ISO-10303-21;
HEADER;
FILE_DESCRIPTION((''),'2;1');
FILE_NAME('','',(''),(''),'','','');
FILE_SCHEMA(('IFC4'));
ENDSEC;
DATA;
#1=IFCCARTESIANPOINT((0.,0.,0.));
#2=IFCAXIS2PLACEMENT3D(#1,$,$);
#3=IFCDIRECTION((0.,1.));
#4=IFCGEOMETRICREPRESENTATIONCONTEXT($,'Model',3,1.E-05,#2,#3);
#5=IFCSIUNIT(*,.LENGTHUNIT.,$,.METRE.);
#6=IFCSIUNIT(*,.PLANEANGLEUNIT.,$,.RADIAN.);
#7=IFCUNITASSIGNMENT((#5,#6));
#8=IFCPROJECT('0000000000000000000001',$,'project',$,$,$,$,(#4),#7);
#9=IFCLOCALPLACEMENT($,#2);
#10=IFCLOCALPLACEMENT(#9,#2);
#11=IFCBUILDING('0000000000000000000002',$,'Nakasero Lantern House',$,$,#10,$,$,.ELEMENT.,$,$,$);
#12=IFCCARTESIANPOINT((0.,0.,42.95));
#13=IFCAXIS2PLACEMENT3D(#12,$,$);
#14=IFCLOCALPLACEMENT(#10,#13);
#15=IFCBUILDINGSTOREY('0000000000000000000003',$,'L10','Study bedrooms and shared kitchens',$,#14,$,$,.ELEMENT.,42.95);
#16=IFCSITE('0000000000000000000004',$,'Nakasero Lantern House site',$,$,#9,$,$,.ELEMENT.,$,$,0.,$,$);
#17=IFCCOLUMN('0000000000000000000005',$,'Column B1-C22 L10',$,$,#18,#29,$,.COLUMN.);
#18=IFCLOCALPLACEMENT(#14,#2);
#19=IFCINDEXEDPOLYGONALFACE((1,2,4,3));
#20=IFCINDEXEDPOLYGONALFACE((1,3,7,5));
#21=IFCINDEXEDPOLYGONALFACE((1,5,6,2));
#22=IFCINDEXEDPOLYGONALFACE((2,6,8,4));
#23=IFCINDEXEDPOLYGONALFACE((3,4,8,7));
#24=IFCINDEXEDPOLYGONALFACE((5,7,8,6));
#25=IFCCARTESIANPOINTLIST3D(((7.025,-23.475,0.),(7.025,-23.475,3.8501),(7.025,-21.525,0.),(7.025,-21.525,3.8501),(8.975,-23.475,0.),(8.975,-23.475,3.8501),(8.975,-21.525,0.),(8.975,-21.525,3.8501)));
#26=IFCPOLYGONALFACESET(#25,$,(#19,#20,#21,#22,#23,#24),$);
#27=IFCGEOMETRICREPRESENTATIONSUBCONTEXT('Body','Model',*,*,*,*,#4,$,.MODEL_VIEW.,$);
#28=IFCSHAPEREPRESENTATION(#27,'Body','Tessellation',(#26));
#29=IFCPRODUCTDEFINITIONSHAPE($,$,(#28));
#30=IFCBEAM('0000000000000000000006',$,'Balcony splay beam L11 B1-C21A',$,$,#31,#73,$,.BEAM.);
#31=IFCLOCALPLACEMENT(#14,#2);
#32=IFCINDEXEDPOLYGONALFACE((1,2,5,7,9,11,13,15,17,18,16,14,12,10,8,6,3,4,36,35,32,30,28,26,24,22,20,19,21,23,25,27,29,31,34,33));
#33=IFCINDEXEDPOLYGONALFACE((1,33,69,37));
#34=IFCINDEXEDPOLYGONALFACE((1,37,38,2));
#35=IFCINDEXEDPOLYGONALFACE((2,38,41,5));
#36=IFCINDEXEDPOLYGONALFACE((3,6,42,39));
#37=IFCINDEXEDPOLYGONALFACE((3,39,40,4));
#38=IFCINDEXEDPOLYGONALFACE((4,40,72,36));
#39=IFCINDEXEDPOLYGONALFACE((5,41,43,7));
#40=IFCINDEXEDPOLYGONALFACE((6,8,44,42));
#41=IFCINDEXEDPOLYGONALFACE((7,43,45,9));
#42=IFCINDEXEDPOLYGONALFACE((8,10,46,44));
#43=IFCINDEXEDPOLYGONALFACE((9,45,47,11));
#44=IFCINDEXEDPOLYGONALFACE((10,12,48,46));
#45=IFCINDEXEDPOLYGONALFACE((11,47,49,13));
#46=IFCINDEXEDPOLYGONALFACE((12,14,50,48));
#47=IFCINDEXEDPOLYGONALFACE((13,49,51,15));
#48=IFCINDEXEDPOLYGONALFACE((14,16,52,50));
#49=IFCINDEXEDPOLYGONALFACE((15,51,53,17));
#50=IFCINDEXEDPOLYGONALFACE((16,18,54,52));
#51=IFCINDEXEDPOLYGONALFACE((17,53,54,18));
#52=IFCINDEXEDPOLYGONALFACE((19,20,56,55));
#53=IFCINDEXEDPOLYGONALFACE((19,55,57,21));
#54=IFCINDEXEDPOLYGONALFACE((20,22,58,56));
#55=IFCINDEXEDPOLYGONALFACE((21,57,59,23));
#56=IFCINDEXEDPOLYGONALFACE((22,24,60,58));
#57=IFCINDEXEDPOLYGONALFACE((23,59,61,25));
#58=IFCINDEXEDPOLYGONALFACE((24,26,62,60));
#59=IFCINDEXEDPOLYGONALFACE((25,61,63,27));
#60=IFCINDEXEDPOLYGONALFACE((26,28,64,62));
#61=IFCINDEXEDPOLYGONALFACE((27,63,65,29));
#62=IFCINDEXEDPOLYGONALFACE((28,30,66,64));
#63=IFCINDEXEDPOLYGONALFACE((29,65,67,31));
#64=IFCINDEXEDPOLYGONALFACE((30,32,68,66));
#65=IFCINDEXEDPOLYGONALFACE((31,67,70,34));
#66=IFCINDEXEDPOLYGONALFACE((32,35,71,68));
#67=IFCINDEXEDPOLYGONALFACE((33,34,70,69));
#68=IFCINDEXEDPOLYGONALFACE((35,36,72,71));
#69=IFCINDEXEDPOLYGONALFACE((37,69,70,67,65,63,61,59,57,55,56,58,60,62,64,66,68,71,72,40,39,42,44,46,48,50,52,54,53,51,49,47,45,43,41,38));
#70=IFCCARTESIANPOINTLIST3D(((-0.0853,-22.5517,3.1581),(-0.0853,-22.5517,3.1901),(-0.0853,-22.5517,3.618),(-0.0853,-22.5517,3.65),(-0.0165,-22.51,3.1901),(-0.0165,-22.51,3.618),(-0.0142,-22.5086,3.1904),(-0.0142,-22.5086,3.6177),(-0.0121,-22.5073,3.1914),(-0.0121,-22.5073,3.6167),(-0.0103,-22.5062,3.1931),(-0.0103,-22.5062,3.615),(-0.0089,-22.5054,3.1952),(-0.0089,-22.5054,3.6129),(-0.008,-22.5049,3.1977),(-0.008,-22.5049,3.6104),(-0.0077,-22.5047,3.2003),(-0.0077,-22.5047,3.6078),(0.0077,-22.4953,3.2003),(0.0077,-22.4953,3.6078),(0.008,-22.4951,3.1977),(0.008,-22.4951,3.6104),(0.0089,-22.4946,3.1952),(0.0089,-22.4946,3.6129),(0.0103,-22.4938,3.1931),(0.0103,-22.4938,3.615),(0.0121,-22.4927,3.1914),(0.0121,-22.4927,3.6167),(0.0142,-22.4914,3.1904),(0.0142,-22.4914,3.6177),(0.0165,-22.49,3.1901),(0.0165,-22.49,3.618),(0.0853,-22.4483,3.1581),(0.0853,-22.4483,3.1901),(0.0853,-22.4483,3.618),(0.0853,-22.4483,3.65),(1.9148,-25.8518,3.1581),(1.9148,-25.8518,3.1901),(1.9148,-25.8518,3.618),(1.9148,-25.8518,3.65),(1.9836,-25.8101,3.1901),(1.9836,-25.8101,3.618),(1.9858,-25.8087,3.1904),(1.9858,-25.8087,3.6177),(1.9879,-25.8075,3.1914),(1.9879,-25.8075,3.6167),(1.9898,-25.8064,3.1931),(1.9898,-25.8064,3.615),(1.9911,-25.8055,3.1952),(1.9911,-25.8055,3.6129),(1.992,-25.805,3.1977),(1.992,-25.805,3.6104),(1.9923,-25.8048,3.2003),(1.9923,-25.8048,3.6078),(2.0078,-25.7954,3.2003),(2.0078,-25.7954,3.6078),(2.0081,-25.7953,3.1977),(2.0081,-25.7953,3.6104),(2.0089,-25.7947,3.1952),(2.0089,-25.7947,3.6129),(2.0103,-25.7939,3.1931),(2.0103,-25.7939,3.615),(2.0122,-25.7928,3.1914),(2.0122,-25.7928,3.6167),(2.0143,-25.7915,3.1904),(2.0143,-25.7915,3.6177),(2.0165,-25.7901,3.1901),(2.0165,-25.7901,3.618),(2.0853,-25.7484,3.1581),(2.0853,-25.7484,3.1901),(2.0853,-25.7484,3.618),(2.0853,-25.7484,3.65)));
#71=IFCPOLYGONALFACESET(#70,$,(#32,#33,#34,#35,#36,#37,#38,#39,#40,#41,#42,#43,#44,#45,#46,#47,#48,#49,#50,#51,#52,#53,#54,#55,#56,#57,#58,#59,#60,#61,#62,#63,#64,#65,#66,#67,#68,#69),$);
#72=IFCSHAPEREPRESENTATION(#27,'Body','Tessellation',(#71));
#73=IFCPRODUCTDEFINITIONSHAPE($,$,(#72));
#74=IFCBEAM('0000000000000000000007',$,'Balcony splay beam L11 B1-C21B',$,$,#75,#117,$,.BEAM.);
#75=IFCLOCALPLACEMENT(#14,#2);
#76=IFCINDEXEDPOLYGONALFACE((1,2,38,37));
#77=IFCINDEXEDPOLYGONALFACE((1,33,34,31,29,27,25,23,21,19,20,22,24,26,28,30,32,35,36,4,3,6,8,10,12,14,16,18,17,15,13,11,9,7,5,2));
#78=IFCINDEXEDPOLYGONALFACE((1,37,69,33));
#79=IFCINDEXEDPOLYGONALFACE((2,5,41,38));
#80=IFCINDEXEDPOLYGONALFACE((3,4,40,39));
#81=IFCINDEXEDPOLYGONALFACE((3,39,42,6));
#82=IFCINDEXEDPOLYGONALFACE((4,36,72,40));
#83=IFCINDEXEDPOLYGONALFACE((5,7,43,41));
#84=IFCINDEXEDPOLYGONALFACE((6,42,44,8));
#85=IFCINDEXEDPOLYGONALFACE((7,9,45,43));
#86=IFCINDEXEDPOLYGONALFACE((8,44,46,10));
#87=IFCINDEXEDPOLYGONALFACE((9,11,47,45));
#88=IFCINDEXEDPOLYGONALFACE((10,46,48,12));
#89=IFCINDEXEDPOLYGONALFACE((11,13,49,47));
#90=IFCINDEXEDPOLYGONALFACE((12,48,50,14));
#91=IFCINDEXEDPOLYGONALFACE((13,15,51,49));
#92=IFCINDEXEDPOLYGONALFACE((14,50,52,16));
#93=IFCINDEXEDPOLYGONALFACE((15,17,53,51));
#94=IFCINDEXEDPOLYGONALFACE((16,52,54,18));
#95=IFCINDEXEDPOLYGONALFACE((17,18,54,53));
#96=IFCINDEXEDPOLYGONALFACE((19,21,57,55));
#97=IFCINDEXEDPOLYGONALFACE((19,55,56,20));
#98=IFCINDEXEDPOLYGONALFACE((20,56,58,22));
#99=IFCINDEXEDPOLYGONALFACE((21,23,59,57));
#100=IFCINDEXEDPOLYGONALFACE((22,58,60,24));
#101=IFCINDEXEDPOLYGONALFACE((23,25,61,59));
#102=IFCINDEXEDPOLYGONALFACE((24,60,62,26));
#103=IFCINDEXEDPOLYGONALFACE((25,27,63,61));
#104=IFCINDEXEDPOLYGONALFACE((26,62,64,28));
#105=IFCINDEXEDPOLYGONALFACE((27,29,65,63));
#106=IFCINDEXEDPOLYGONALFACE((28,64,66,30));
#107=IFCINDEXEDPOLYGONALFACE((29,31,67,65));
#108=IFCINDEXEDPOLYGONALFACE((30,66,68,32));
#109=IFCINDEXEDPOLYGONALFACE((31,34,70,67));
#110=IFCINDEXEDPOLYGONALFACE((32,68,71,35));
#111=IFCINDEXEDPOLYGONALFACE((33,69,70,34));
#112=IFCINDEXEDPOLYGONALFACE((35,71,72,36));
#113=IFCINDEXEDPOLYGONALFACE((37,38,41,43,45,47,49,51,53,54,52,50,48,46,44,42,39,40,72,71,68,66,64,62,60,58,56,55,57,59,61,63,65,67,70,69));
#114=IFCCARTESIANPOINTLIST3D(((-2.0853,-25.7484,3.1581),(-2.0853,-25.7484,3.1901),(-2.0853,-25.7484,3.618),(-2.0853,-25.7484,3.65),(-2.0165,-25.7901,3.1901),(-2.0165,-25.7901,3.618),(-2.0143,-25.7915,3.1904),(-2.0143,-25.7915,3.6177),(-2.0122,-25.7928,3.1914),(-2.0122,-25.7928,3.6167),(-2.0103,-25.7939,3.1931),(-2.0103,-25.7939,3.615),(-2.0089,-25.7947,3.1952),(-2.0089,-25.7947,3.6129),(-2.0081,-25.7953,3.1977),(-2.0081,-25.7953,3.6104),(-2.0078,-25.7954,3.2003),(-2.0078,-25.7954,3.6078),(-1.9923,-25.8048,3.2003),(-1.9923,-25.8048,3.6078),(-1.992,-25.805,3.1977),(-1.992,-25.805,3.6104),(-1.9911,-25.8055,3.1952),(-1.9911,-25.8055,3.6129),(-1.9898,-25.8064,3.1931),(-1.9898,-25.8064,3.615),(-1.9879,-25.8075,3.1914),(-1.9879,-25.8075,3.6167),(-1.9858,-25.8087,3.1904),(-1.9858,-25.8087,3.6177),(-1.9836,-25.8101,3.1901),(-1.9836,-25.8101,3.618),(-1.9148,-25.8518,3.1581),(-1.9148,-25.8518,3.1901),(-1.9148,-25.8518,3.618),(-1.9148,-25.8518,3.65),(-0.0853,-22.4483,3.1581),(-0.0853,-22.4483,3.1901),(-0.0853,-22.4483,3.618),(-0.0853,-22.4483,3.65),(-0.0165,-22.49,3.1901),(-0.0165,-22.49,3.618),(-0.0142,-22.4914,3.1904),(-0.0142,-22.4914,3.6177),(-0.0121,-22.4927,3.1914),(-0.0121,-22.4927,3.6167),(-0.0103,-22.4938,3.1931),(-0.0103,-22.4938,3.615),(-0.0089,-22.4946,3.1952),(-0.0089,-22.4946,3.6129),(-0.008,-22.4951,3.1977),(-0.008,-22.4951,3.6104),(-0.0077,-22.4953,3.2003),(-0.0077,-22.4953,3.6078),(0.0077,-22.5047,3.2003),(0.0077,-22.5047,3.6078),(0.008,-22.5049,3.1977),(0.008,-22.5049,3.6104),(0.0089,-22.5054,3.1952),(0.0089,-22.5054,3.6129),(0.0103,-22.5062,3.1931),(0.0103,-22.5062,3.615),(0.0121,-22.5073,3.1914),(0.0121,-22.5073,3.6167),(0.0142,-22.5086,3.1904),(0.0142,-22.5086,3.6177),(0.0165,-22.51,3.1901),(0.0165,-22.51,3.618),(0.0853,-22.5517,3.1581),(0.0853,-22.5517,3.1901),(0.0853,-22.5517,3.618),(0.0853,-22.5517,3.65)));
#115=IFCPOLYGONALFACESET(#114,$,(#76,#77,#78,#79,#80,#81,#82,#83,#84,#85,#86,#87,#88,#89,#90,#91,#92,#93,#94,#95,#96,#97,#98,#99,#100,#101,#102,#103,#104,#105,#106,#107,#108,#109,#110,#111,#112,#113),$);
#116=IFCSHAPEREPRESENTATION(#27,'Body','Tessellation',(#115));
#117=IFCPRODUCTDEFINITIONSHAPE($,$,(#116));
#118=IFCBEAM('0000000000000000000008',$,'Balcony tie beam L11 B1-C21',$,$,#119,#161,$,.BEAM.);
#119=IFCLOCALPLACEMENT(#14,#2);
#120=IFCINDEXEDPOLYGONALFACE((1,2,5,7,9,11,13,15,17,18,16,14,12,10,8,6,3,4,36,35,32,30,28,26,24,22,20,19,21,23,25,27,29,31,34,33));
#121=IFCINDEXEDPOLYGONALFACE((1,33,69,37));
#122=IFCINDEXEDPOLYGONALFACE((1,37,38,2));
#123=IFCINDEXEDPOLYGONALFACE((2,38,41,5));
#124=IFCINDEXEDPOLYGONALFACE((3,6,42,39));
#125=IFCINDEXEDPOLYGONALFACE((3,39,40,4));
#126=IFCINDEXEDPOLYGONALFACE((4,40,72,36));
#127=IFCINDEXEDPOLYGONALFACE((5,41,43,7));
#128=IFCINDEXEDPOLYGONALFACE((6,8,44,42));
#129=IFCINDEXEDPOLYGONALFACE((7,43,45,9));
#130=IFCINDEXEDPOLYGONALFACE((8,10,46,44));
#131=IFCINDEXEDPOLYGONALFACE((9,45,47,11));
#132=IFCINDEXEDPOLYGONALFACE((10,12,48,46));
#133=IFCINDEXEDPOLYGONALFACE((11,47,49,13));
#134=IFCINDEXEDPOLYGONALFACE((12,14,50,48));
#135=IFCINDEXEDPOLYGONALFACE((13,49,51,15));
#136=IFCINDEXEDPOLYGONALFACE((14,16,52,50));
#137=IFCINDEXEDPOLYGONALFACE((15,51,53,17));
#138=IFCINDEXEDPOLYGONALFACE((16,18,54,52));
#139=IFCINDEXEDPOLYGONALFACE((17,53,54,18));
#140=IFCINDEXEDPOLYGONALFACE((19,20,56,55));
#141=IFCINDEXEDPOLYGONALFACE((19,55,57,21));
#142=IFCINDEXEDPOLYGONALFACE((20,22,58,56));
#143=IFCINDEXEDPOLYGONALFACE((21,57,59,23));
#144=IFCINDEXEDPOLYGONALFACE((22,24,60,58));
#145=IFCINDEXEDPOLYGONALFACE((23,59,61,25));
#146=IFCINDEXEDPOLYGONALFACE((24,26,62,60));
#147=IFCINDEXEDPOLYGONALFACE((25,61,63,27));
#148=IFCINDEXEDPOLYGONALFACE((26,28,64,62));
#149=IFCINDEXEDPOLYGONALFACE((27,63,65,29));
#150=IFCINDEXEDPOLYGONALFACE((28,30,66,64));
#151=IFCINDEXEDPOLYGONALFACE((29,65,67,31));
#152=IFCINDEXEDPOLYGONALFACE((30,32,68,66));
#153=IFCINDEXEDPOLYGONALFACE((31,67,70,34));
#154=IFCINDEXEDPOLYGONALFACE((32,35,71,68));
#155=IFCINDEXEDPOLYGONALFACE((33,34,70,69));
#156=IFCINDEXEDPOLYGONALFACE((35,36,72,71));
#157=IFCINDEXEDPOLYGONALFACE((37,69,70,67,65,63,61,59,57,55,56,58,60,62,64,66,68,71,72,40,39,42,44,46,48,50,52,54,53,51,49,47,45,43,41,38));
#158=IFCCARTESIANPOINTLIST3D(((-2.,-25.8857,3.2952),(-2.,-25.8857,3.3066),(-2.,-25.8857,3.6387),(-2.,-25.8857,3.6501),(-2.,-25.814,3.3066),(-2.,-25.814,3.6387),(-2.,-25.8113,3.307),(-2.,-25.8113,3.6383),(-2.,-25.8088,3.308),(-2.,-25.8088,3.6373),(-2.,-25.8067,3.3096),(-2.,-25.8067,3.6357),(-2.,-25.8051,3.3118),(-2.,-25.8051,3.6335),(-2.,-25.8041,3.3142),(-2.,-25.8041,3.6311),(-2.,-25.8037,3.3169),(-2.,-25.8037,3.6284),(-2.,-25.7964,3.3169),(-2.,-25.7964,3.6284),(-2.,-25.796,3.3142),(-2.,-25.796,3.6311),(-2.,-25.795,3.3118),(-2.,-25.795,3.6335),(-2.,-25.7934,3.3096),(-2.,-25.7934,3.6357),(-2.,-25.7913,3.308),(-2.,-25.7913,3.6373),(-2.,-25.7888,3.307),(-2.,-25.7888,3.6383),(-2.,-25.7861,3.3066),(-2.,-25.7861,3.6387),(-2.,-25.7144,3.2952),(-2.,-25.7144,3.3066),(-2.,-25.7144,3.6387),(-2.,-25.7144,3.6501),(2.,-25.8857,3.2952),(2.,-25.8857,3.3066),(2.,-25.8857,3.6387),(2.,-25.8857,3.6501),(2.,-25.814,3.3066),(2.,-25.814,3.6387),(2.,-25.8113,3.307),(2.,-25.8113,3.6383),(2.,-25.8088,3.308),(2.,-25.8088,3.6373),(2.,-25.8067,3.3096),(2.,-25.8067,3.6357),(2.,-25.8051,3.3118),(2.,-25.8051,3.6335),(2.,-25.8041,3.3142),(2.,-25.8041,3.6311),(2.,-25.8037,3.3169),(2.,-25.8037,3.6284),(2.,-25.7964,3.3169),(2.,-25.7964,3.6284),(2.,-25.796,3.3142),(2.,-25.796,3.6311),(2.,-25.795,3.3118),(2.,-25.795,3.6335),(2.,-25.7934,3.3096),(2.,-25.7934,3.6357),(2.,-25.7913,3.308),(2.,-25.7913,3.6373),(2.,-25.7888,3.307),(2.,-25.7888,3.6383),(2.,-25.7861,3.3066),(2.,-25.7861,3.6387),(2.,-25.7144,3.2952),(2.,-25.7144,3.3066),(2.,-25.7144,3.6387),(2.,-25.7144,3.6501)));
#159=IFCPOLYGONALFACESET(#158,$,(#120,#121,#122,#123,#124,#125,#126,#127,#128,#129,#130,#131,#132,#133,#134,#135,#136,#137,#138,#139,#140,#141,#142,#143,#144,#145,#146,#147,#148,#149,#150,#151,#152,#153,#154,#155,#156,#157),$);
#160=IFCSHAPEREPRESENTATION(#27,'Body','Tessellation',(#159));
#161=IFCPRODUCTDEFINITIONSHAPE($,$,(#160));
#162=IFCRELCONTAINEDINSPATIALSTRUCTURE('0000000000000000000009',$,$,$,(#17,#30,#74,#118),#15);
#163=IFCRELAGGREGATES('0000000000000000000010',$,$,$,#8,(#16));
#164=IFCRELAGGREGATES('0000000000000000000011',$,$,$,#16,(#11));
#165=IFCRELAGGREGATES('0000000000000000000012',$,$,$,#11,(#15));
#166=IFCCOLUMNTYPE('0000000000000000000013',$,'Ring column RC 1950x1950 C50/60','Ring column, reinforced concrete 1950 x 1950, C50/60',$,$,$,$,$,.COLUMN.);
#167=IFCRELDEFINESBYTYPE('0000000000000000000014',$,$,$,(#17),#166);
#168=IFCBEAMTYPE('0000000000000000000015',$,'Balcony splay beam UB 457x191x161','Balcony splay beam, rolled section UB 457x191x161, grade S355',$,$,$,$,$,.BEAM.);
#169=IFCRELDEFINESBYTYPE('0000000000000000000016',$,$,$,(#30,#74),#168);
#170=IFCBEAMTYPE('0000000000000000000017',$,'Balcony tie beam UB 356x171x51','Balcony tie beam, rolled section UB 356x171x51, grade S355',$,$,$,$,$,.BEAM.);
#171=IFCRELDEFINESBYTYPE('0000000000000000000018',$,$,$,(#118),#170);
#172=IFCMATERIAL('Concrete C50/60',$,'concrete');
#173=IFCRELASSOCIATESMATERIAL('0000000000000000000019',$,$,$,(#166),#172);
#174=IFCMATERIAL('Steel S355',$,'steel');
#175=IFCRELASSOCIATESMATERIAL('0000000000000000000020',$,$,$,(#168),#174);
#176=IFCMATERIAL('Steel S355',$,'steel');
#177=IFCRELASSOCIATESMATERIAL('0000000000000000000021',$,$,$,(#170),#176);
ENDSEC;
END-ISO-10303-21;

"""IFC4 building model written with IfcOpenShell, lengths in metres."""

from ifc_helpers import new_model, si_unit, direction, frame, origin, origin_2d, place, context, subcontext, project, spatial, rectangle, i_section, extrude, material, material_profile, profile_set, type_object, element, save


model = new_model("IFC4")

# Units and contexts
model_context = context("Model", 3, precision=1e-05, world=origin(), true_north=direction((0.0, 1.0)))
body_context = subcontext(model_context, "Body", "Model", "MODEL_VIEW")
ifc_project = project(units=[si_unit("LENGTHUNIT", "METRE"), si_unit("PLANEANGLEUNIT", "RADIAN")], contexts=[model_context])

# Site, building, storey
site_placement = place(None, origin())
site = spatial("IfcSite", under=ifc_project, at=site_placement, Name="Nakasero Lantern House site", CompositionType="ELEMENT", RefElevation=0.0)
building_placement = place(site_placement, origin())
building = spatial("IfcBuilding", under=site, at=building_placement, Name="Nakasero Lantern House", CompositionType="ELEMENT")
storey_placement = place(building_placement, frame((0.0, 0.0, 42.95)))
storey = spatial("IfcBuildingStorey", under=building, at=storey_placement, Name="L10", Description="Study bedrooms and shared kitchens", CompositionType="ELEMENT", Elevation=42.95)

# Column
ifc_material_1 = material(Name="Concrete C50/60", Category="concrete")
ifc_material_profile_1 = material_profile(ifc_material_1, rectangle(XDim=1.95, YDim=1.95, at=origin_2d()), Name="RC 1950x1950")
ifc_profile_set_1 = profile_set([ifc_material_profile_1], Name="Concrete C50/60")
column_type = type_object("IfcColumnType", Name="Ring column RC 1950x1950 C50/60", Description="Ring column, reinforced concrete 1950 x 1950, C50/60", PredefinedType="COLUMN", material=ifc_profile_set_1)
column_placement = place(storey_placement, frame((8.0, -22.5, 0.0), z_axis=(0.0, 0.0, 1.0), x_axis=(1.0, 0.0, 0.0)))
element("IfcColumn", 1, at=column_placement, inside=storey, type_object=column_type, Name="Column B1-C22 L10", PredefinedType="COLUMN", context=body_context, shape_type="SweptSolid", body=[
    extrude(rectangle(XDim=1.95, YDim=1.95, at=origin_2d()), origin(), (0.0, 0.0, 1.0), 3.8501),
])

# Beams
ifc_material_2 = material(Name="Steel S355", Category="steel")
ifc_material_profile_2 = material_profile(ifc_material_2, i_section(OverallWidth=0.1995, OverallDepth=0.4919, WebThickness=0.0181, FlangeThickness=0.032, FilletRadius=0.0103, at=origin_2d()), Name="UB 457x191x161")
ifc_profile_set_2 = profile_set([ifc_material_profile_2], Name="Steel S355")
beam_type_1 = type_object("IfcBeamType", Name="Balcony splay beam UB 457x191x161", Description="Balcony splay beam, rolled section UB 457x191x161, grade S355", PredefinedType="BEAM", material=ifc_profile_set_2)
for number, where, z_axis, x_axis, name in (
    (2, (0.0, -22.5, 3.4041), (0.518296, -0.855201, 0.0), (0.855201, 0.518296, 0.0), "Balcony splay beam L11 B1-C21A"),
    (3, (0.0, -22.5, 3.4041), (-0.518296, -0.855201, 0.0), (0.855201, -0.518296, 0.0), "Balcony splay beam L11 B1-C21B"),
):
    element("IfcBeam", number, at=place(storey_placement, frame(where, z_axis=z_axis, x_axis=x_axis)), inside=storey, type_object=beam_type_1, Name=name, PredefinedType="BEAM", context=body_context, shape_type="SweptSolid", body=[
        extrude(i_section(OverallWidth=0.1995, OverallDepth=0.4919, WebThickness=0.0181, FlangeThickness=0.032, FilletRadius=0.0103, at=origin_2d()), origin(), (0.0, 0.0, 1.0), 3.8589),
    ])
ifc_material_3 = material(Name="Steel S355", Category="steel")
ifc_material_profile_3 = material_profile(ifc_material_3, i_section(OverallWidth=0.1714, OverallDepth=0.355, WebThickness=0.0073, FlangeThickness=0.0115, FilletRadius=0.0103, at=origin_2d()), Name="UB 356x171x51")
ifc_profile_set_3 = profile_set([ifc_material_profile_3], Name="Steel S355")
beam_type_2 = type_object("IfcBeamType", Name="Balcony tie beam UB 356x171x51", Description="Balcony tie beam, rolled section UB 356x171x51, grade S355", PredefinedType="BEAM", material=ifc_profile_set_3)
beam_1_placement = place(storey_placement, frame((2.0, -25.8, 3.4727), z_axis=(-1.0, 0.0, 0.0), x_axis=(0.0, -1.0, 0.0)))
element("IfcBeam", 4, at=beam_1_placement, inside=storey, type_object=beam_type_2, Name="Balcony tie beam L11 B1-C21", PredefinedType="BEAM", context=body_context, shape_type="SweptSolid", body=[
    extrude(i_section(OverallWidth=0.1714, OverallDepth=0.355, WebThickness=0.0073, FlangeThickness=0.0115, FilletRadius=0.0103, at=origin_2d()), origin(), (0.0, 0.0, 1.0), 4.0),
])

save(model, "model.ifc")
